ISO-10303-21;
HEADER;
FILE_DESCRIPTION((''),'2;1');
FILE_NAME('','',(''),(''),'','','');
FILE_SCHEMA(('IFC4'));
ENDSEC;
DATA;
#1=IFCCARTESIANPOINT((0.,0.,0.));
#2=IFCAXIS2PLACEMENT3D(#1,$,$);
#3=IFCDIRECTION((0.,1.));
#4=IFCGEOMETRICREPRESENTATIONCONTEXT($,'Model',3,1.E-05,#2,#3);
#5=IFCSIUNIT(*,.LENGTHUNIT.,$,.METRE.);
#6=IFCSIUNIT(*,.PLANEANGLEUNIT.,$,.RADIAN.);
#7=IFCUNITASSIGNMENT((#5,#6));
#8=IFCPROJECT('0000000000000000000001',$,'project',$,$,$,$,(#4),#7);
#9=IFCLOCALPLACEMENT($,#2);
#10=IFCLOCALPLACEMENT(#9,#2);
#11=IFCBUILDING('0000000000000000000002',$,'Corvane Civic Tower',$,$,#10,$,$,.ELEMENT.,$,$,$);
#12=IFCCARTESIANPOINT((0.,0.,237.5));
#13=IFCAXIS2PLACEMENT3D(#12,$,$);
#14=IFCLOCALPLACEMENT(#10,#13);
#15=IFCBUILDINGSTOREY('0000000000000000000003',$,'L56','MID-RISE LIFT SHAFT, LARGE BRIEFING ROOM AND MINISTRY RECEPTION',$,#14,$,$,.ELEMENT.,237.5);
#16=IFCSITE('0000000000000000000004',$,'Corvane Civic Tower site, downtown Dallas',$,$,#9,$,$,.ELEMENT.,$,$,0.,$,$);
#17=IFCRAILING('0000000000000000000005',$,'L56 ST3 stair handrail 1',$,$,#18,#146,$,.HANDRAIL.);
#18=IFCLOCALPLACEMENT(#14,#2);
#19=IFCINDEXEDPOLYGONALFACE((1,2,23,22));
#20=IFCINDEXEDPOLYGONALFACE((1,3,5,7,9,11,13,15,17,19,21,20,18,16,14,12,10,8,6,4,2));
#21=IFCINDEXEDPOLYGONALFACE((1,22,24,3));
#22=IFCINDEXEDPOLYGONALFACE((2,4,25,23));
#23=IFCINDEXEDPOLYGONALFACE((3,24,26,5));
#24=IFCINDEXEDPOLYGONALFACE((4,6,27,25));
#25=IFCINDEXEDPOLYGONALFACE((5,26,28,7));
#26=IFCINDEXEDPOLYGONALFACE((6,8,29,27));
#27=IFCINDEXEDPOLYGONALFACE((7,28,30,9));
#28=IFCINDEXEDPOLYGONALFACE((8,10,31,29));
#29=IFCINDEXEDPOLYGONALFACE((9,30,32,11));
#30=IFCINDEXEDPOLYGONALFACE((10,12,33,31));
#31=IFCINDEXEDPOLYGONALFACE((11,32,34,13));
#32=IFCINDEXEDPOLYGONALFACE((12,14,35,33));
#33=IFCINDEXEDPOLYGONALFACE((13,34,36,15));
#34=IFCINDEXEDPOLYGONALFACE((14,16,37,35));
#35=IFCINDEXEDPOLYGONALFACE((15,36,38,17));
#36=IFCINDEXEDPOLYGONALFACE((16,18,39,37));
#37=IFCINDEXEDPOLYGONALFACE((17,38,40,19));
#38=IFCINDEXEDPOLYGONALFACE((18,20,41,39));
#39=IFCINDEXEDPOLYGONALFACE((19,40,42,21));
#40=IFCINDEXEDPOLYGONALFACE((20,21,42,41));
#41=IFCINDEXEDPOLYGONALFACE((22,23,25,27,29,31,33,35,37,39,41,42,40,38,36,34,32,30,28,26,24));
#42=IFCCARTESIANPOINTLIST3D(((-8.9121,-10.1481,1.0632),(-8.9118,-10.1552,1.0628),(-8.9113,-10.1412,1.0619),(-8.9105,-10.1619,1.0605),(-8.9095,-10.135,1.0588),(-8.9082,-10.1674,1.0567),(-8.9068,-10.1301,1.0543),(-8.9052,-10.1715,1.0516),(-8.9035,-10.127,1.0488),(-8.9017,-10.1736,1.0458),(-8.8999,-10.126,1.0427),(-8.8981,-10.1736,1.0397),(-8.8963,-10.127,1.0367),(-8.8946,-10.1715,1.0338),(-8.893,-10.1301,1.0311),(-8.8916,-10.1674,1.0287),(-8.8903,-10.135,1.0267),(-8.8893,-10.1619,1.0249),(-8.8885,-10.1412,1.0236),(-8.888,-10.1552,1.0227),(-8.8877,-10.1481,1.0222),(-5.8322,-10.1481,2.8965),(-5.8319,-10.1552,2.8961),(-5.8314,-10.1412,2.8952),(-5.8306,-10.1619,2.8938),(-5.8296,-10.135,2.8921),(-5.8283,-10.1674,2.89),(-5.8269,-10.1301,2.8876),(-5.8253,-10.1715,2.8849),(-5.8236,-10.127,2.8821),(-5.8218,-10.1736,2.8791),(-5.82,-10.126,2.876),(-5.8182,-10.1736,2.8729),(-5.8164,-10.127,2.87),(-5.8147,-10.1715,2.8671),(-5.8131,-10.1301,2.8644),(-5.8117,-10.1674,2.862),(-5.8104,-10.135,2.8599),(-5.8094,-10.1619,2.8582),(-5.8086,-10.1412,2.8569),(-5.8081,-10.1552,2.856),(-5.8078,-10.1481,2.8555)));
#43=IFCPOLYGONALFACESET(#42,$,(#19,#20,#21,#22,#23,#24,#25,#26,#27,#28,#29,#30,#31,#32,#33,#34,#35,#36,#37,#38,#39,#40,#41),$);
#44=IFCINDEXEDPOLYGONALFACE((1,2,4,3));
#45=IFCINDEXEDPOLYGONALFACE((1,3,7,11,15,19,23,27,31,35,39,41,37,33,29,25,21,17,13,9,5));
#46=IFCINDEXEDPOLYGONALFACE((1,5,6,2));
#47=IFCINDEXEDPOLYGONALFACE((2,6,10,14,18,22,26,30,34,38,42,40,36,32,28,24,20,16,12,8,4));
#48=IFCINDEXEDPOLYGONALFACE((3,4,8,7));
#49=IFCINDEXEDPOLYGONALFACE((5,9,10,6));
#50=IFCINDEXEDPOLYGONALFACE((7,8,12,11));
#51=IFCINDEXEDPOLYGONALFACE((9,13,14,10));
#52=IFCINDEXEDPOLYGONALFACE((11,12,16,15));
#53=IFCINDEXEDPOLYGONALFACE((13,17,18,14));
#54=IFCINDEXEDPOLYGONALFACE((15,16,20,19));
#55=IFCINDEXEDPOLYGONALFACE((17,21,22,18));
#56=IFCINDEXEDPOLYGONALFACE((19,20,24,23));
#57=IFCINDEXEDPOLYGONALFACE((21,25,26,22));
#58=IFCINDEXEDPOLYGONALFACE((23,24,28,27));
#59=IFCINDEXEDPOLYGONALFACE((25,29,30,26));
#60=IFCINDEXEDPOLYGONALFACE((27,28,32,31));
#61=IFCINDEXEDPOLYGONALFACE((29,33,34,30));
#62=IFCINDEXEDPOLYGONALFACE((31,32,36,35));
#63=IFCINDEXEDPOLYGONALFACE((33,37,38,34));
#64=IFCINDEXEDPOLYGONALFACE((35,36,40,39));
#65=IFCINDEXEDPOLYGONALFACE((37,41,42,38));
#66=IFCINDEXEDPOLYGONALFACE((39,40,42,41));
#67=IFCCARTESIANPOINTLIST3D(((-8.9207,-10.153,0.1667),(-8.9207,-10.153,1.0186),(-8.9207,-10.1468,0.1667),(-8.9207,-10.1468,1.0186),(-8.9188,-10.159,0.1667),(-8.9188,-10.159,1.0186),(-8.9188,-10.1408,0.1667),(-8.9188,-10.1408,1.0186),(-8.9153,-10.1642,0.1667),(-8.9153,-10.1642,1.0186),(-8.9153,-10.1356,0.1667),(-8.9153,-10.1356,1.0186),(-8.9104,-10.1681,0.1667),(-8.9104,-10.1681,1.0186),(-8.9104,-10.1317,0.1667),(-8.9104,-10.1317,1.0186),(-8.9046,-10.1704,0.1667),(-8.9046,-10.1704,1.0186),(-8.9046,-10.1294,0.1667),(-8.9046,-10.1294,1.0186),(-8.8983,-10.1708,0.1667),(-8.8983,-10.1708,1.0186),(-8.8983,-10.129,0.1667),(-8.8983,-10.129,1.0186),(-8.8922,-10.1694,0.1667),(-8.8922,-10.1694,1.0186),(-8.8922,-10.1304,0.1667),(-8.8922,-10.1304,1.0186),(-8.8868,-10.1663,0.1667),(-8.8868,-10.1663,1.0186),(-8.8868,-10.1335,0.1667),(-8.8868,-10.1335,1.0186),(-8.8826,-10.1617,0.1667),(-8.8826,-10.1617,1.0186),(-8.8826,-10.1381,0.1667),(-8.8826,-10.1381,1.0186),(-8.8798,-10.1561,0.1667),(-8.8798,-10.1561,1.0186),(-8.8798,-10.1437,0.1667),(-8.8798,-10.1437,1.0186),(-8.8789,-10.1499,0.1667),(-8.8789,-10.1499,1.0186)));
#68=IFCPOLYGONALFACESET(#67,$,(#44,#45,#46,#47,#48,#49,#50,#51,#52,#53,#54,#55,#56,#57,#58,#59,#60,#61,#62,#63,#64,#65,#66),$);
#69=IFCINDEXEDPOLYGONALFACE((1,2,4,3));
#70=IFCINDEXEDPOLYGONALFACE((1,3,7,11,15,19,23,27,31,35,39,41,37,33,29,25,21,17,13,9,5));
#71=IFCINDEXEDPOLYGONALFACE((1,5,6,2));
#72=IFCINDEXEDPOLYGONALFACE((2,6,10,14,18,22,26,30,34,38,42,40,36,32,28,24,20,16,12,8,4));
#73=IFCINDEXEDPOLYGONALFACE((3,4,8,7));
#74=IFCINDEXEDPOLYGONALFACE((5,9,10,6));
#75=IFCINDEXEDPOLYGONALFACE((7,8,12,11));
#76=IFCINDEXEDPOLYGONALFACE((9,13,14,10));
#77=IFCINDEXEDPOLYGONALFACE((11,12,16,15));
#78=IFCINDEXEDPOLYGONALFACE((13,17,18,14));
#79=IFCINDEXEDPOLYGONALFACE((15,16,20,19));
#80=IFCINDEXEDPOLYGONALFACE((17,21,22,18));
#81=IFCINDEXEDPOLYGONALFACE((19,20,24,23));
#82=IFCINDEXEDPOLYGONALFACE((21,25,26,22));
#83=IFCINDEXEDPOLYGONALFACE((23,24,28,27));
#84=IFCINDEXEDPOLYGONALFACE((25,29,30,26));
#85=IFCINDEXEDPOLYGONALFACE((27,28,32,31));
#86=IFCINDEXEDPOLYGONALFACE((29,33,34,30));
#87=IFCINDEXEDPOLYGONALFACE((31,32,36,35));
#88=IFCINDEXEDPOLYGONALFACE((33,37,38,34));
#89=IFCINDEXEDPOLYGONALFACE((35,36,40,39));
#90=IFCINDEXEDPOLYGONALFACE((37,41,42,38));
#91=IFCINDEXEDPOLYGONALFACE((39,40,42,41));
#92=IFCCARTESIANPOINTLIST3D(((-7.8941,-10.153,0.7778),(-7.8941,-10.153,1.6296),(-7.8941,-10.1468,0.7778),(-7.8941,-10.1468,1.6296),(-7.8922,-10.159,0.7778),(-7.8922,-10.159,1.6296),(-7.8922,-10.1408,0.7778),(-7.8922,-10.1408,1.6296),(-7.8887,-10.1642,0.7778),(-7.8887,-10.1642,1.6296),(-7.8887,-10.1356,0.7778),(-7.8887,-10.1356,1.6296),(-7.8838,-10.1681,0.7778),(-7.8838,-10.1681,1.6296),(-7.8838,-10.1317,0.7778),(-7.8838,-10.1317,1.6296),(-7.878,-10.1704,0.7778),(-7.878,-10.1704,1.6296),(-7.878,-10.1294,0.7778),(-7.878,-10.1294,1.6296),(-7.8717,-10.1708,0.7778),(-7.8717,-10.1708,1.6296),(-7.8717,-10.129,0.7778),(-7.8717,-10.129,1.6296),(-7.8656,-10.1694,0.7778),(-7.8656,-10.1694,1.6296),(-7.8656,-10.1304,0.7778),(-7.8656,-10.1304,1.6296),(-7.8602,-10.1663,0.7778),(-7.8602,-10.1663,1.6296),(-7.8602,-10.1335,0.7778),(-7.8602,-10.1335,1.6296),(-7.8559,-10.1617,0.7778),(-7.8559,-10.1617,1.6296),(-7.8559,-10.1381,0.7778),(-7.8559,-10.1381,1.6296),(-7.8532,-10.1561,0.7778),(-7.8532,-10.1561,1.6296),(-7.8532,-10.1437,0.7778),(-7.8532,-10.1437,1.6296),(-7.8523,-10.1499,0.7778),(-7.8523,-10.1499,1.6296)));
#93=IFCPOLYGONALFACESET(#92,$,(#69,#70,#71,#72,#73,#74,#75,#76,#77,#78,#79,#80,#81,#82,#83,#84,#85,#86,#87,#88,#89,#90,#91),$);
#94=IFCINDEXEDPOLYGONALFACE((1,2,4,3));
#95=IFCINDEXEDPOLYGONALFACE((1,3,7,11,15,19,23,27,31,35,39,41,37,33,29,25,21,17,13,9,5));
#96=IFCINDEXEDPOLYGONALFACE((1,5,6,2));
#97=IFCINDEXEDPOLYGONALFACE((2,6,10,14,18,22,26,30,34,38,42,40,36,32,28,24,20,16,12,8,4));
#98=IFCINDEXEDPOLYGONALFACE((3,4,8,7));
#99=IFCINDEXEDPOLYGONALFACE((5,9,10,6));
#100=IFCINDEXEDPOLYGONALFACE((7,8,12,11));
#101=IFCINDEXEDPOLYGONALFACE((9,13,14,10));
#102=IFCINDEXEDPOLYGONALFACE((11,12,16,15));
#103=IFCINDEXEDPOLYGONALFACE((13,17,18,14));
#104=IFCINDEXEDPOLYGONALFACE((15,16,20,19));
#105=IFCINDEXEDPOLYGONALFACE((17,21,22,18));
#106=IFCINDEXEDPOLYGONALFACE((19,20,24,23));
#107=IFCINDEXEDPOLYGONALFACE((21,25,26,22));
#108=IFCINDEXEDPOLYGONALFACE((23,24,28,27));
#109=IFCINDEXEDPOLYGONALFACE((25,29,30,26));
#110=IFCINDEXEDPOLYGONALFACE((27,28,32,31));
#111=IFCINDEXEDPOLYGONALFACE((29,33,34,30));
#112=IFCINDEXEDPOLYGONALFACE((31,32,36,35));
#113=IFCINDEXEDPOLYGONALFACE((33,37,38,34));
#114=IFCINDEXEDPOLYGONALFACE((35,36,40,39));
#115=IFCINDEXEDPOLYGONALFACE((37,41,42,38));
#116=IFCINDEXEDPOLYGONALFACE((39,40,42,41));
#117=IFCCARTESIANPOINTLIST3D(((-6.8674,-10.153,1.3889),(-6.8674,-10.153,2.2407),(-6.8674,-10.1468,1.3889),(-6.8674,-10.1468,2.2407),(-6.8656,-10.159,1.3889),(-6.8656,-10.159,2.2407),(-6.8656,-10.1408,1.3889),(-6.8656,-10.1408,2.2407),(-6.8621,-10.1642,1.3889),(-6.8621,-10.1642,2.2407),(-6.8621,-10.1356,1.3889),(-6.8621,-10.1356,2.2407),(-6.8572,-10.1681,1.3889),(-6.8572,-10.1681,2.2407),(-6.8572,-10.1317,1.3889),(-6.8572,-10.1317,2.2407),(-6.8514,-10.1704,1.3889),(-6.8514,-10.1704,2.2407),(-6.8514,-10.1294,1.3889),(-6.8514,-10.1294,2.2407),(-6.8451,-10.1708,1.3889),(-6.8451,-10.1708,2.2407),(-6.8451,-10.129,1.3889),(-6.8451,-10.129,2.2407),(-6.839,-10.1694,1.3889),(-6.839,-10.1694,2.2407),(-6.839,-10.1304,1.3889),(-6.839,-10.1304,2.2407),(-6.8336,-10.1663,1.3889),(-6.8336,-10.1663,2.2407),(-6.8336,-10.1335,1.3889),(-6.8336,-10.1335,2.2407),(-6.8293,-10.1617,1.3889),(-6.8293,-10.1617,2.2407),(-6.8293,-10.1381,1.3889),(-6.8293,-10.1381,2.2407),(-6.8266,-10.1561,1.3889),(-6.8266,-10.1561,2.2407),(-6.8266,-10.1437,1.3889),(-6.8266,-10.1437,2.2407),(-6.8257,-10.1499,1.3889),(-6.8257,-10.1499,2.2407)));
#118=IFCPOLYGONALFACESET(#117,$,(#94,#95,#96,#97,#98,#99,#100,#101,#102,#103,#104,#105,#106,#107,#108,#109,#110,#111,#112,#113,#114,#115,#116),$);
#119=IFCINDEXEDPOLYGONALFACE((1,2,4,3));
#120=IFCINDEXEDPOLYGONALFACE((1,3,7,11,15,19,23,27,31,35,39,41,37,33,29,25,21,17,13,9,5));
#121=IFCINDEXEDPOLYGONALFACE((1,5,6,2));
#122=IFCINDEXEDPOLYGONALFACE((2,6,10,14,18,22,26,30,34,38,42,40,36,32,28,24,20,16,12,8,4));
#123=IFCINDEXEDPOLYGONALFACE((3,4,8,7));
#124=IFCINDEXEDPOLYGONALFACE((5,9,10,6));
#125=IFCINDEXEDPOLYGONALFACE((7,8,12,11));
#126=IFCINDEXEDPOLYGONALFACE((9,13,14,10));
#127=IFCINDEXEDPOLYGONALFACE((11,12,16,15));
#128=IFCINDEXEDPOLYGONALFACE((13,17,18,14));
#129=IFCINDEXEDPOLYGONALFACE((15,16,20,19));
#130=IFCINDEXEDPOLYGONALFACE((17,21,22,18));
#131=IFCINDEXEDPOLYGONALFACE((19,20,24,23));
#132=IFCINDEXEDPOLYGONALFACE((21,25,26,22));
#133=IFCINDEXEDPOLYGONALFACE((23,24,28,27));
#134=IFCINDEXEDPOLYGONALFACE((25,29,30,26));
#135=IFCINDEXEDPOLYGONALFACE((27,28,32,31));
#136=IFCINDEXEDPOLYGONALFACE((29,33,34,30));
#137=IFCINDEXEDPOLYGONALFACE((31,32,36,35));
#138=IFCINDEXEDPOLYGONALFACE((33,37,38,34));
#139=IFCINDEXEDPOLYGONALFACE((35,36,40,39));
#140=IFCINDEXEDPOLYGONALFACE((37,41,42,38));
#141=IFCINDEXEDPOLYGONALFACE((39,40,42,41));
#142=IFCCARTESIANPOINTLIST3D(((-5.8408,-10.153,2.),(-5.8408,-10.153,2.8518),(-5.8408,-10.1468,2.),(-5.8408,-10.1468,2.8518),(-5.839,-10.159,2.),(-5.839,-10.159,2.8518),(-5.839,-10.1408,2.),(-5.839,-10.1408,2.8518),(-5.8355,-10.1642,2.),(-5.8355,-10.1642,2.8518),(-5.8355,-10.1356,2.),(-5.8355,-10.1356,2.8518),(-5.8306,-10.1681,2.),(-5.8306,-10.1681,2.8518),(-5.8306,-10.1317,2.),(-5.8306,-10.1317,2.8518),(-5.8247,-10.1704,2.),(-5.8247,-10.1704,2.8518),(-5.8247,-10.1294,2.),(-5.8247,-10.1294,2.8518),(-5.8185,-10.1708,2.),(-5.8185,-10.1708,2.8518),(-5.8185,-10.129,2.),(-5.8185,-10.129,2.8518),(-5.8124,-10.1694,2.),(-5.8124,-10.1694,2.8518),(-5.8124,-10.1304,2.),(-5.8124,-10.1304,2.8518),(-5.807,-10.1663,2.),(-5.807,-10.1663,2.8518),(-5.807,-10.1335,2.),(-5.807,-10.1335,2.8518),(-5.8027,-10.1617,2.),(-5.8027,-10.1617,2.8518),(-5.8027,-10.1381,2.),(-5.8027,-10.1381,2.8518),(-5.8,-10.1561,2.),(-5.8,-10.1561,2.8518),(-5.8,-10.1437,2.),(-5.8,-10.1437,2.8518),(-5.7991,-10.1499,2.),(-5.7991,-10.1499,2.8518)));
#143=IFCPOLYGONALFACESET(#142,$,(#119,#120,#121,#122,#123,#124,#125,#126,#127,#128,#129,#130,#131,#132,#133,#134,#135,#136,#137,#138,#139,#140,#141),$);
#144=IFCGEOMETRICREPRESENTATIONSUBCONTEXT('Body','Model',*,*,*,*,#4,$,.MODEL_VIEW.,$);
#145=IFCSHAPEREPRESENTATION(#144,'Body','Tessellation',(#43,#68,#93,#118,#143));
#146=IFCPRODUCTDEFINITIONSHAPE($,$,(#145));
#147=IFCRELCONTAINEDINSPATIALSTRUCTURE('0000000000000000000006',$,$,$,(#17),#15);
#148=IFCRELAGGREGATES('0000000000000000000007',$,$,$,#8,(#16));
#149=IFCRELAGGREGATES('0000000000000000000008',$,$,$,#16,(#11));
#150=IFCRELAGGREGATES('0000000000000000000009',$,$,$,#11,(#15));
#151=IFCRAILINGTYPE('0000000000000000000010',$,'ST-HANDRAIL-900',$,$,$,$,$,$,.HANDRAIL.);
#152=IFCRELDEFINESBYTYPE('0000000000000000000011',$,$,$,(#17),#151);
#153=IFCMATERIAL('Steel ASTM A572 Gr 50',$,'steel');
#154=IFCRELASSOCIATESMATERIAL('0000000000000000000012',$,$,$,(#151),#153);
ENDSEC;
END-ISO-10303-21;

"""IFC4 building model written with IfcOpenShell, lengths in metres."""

from ifc_helpers import new_model, si_unit, direction, frame, origin, origin_2d, place, context, subcontext, project, spatial, circle, extrude, material, type_object, element, save


model = new_model("IFC4")

# Units and contexts
model_context = context("Model", 3, precision=1e-05, world=origin(), true_north=direction((0.0, 1.0)))
body_context = subcontext(model_context, "Body", "Model", "MODEL_VIEW")
ifc_project = project(units=[si_unit("LENGTHUNIT", "METRE"), si_unit("PLANEANGLEUNIT", "RADIAN")], contexts=[model_context])

# Site, building, storey
site_placement = place(None, origin())
site = spatial("IfcSite", under=ifc_project, at=site_placement, Name="Corvane Civic Tower site, downtown Dallas", CompositionType="ELEMENT", RefElevation=0.0)
building_placement = place(site_placement, origin())
building = spatial("IfcBuilding", under=site, at=building_placement, Name="Corvane Civic Tower", CompositionType="ELEMENT")
storey_placement = place(building_placement, frame((0.0, 0.0, 237.5)))
storey = spatial("IfcBuildingStorey", under=building, at=storey_placement, Name="L56", Description="MID-RISE LIFT SHAFT, LARGE BRIEFING ROOM AND MINISTRY RECEPTION", CompositionType="ELEMENT", Elevation=237.5)

# Railing
ifc_material_1 = material(Name="Steel ASTM A572 Gr 50", Category="steel")
railing_type_1 = type_object("IfcRailingType", Name="ST-HANDRAIL-900", PredefinedType="HANDRAIL", material=ifc_material_1)
railing_1_placement = place(storey_placement, frame((-8.8999, -10.1499, 0.1667)))
element("IfcRailing", 1, at=railing_1_placement, inside=storey, type_object=railing_type_1, Name="L56 ST3 stair handrail 1", PredefinedType="HANDRAIL", context=body_context, shape_type="SweptSolid", body=[
    extrude(circle(Radius=0.0239, at=origin_2d()), frame((0.0, 0.0, 0.876), z_axis=(0.859291, 0.0, 0.511487), x_axis=(0.0, 1.0, 0.0)), (0.0, 0.0, 1.0), 3.5842),
    extrude(circle(Radius=0.021, at=origin_2d()), origin(), (0.0, 0.0, 1.0), 0.8518),
    extrude(circle(Radius=0.021, at=origin_2d()), frame((1.0266, 0.0, 0.6111)), (0.0, 0.0, 1.0), 0.8518),
    extrude(circle(Radius=0.021, at=origin_2d()), frame((2.0532, 0.0, 1.2222)), (0.0, 0.0, 1.0), 0.8518),
    extrude(circle(Radius=0.021, at=origin_2d()), frame((3.0798, 0.0, 1.8333)), (0.0, 0.0, 1.0), 0.8518),
])

save(model, "model.ifc")
